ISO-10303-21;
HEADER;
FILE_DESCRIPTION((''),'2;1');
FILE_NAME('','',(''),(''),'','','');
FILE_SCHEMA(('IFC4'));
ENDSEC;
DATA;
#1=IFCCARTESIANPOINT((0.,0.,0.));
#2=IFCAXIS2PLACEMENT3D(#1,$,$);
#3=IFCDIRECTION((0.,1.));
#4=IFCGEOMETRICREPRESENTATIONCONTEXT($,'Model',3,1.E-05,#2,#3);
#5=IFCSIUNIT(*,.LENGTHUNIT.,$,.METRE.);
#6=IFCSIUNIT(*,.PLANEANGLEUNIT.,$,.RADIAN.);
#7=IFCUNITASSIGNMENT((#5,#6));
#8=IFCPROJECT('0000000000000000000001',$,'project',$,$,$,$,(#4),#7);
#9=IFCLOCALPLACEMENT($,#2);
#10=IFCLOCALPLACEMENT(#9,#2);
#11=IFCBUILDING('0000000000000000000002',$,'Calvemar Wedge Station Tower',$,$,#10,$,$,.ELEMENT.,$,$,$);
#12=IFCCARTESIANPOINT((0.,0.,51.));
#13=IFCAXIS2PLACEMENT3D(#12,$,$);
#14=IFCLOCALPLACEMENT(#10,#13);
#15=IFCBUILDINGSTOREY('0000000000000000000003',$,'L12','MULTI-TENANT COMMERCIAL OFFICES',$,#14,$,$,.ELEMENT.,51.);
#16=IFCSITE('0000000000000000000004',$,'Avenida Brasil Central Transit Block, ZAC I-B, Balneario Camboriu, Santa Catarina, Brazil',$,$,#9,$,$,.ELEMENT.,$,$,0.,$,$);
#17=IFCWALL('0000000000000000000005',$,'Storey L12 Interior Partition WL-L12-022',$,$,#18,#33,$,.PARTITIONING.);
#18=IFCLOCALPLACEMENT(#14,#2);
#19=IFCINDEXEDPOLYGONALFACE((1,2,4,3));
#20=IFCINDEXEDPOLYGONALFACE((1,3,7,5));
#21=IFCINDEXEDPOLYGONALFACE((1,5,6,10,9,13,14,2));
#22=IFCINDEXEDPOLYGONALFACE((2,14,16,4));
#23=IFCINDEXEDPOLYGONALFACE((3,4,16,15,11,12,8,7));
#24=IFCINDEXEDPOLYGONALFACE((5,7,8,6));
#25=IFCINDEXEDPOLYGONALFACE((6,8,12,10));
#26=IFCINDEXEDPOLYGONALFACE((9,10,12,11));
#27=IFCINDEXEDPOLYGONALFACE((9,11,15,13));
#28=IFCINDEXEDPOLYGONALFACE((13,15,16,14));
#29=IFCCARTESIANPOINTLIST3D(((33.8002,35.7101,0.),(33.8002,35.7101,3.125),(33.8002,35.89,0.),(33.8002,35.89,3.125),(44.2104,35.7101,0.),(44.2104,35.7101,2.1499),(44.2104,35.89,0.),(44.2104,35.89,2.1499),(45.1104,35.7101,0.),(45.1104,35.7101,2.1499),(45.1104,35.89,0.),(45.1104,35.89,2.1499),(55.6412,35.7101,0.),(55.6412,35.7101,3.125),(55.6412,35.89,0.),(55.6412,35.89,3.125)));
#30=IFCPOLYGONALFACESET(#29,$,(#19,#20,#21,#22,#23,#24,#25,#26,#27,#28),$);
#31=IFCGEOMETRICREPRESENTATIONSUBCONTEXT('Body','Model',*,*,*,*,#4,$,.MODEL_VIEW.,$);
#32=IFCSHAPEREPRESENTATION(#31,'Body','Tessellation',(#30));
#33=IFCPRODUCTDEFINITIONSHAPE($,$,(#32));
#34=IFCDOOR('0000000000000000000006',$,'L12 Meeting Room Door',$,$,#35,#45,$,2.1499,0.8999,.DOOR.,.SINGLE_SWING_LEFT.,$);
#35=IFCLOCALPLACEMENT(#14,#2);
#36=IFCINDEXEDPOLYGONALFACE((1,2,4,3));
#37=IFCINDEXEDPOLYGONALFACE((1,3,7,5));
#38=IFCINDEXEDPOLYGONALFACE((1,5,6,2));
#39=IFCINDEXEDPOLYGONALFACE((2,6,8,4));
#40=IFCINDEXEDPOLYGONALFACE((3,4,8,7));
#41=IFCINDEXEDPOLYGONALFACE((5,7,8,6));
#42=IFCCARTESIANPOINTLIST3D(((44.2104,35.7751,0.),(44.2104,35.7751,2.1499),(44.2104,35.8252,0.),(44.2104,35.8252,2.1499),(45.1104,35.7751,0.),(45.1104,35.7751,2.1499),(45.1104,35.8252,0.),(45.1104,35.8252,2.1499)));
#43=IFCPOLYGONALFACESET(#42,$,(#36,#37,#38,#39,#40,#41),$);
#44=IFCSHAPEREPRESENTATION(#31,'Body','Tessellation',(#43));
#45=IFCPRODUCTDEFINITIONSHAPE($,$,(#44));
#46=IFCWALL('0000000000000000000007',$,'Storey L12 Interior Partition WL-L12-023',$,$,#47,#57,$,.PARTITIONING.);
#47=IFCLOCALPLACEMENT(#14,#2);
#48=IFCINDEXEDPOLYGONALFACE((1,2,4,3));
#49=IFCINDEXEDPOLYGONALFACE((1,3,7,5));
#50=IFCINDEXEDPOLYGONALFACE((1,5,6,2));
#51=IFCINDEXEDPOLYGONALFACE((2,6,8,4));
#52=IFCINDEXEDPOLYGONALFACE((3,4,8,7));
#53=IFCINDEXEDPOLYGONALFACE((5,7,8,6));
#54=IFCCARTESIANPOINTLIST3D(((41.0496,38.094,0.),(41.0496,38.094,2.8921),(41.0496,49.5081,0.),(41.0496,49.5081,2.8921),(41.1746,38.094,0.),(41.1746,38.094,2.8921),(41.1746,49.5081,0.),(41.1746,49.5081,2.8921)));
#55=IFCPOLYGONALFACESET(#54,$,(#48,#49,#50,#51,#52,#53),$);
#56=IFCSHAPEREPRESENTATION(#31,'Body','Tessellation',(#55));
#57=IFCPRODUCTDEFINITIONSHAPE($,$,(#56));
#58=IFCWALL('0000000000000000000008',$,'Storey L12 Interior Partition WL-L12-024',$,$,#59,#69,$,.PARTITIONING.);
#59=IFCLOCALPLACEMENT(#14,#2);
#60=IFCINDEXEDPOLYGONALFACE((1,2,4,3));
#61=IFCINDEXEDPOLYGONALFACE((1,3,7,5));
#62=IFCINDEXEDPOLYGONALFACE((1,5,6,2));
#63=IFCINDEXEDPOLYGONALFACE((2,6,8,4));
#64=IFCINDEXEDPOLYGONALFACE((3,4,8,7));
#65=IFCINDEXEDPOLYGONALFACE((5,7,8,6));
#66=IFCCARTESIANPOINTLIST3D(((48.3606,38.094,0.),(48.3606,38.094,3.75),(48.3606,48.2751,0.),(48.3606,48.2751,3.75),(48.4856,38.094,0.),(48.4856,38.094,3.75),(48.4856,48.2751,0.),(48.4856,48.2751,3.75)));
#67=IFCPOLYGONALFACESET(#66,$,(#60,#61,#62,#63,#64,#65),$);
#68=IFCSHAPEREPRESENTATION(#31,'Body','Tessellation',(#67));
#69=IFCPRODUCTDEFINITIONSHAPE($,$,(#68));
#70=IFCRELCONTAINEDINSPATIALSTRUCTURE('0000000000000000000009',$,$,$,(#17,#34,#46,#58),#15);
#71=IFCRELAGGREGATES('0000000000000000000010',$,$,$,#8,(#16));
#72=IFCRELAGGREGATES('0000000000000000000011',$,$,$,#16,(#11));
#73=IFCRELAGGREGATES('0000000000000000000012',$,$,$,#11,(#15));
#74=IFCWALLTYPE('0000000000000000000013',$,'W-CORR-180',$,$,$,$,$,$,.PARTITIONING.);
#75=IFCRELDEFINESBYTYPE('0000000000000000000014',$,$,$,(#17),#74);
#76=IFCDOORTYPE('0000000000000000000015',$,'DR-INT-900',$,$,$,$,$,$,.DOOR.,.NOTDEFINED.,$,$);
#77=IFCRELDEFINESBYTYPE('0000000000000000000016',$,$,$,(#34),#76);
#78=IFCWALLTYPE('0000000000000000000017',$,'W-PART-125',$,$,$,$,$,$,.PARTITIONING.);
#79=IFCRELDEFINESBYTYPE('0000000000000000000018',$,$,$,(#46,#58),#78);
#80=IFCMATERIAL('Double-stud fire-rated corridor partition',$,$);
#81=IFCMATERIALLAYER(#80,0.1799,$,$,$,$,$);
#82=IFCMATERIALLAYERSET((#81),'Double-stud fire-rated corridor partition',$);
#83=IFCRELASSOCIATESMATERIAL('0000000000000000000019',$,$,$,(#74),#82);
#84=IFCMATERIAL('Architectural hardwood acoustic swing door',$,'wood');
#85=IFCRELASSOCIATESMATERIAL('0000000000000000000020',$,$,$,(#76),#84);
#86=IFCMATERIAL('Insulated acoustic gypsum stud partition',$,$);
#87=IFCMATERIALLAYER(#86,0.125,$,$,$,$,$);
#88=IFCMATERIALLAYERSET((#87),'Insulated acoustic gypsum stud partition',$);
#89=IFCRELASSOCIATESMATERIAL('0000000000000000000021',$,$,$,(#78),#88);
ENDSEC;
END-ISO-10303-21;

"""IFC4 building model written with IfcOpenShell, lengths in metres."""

from ifc_helpers import new_model, si_unit, direction, frame, frame_2d, origin, place, context, subcontext, project, spatial, rectangle, extrude, source, transform, mapped, material, layer, layer_set, type_object, element, fill, save


model = new_model("IFC4")

# Units and contexts
model_context = context("Model", 3, precision=1e-05, world=origin(), true_north=direction((0.0, 1.0)))
body_context = subcontext(model_context, "Body", "Model", "MODEL_VIEW")
ifc_project = project(units=[si_unit("LENGTHUNIT", "METRE"), si_unit("PLANEANGLEUNIT", "RADIAN")], contexts=[model_context])

# Site, building, storey
site_placement = place(None, origin())
site = spatial("IfcSite", under=ifc_project, at=site_placement, Name="Avenida Brasil Central Transit Block, ZAC I-B, Balneario Camboriu, Santa Catarina, Brazil", CompositionType="ELEMENT", RefElevation=0.0)
building_placement = place(site_placement, origin())
building = spatial("IfcBuilding", under=site, at=building_placement, Name="Calvemar Wedge Station Tower", CompositionType="ELEMENT")
storey_placement = place(building_placement, frame((0.0, 0.0, 51.0)))
storey = spatial("IfcBuildingStorey", under=building, at=storey_placement, Name="L12", Description="MULTI-TENANT COMMERCIAL OFFICES", CompositionType="ELEMENT", Elevation=51.0)

# Wall, opening, door
ifc_material_1 = material(Name="Double-stud fire-rated corridor partition")
ifc_layer_1 = layer(ifc_material_1, 0.1799)
ifc_layer_set_1 = layer_set([ifc_layer_1], Name="Double-stud fire-rated corridor partition")
wall_type_1 = type_object("IfcWallType", Name="W-CORR-180", PredefinedType="PARTITIONING", material=ifc_layer_set_1)
shared_shape_1 = source(origin(), body_context, "Body", "SweptSolid", [
    extrude(rectangle(XDim=0.8999, YDim=2.1499, at=frame_2d((0.45, 1.075))), frame((0.0, 0.1001, 0.0), z_axis=(0.0, -1.0, 0.0), x_axis=(1.0, 0.0, 0.0)), (0.0, 0.0, 1.0), 0.2),
])
ifc_material_2 = material(Name="Architectural hardwood acoustic swing door", Category="wood")
door_type = type_object("IfcDoorType", Name="DR-INT-900", OperationType="NOTDEFINED", PredefinedType="DOOR", material=ifc_material_2)
shared_shape_2 = source(origin(), body_context, "Body", "SweptSolid", [
    extrude(rectangle(XDim=0.8999, YDim=2.1499, at=frame_2d((0.45, 1.075))), frame((0.0, 0.0249, 0.0), z_axis=(0.0, -1.0, 0.0), x_axis=(1.0, 0.0, 0.0)), (0.0, 0.0, 1.0), 0.05),
])
wall_1_placement = place(storey_placement, frame((55.6411, 35.8, 0.0), z_axis=(0.0, 0.0, 1.0), x_axis=(-1.0, 0.0, 0.0)))
wall_1 = element("IfcWall", 1, at=wall_1_placement, inside=storey, type_object=wall_type_1, Name="Storey L12 Interior Partition WL-L12-022", PredefinedType="PARTITIONING", context=body_context, shape_type="SweptSolid", body=[
    extrude(rectangle(XDim=21.8411, YDim=0.1799, at=frame_2d((10.9204, 0.0))), origin(), (0.0, 0.0, 1.0), 3.125),
])
opening_1_placement = place(wall_1_placement, frame((10.5308, 0.0, 0.0)))
opening_1 = element("IfcOpeningElement", 2, at=opening_1_placement, cuts=wall_1, PredefinedType="OPENING", context=body_context, shape_type="MappedRepresentation", body=[
    mapped(shared_shape_1, transform((0.0, 0.0, 0.0), scale=1.0)),
])
door_1_placement = place(opening_1_placement, origin())
door_1 = element("IfcDoor", 3, at=door_1_placement, inside=storey, type_object=door_type, Name="L12 Meeting Room Door", OperationType="SINGLE_SWING_LEFT", OverallHeight=2.1499, OverallWidth=0.8999, PredefinedType="DOOR", context=body_context, shape_type="MappedRepresentation", body=[
    mapped(shared_shape_2, transform((0.0, 0.0, 0.0), scale=1.0)),
])
fill(opening_1, door_1)

# Walls
ifc_material_3 = material(Name="Insulated acoustic gypsum stud partition")
ifc_layer_2 = layer(ifc_material_3, 0.125)
ifc_layer_set_2 = layer_set([ifc_layer_2], Name="Insulated acoustic gypsum stud partition")
wall_type_2 = type_object("IfcWallType", Name="W-PART-125", PredefinedType="PARTITIONING", material=ifc_layer_set_2)
wall_2_placement = place(storey_placement, frame((41.1121, 49.5081, 0.0), z_axis=(0.0, 0.0, 1.0), x_axis=(0.0, -1.0, 0.0)))
element("IfcWall", 4, at=wall_2_placement, inside=storey, type_object=wall_type_2, Name="Storey L12 Interior Partition WL-L12-023", PredefinedType="PARTITIONING", context=body_context, shape_type="SweptSolid", body=[
    extrude(rectangle(XDim=11.4141, YDim=0.125, at=frame_2d((5.707, 0.0))), origin(), (0.0, 0.0, 1.0), 2.8921),
])
wall_3_placement = place(storey_placement, frame((48.4231, 48.2751, 0.0), z_axis=(0.0, 0.0, 1.0), x_axis=(0.0, -1.0, 0.0)))
element("IfcWall", 5, at=wall_3_placement, inside=storey, type_object=wall_type_2, Name="Storey L12 Interior Partition WL-L12-024", PredefinedType="PARTITIONING", context=body_context, shape_type="SweptSolid", body=[
    extrude(rectangle(XDim=10.1812, YDim=0.125, at=frame_2d((5.0906, 0.0))), origin(), (0.0, 0.0, 1.0), 3.75),
])

save(model, "model.ifc")
